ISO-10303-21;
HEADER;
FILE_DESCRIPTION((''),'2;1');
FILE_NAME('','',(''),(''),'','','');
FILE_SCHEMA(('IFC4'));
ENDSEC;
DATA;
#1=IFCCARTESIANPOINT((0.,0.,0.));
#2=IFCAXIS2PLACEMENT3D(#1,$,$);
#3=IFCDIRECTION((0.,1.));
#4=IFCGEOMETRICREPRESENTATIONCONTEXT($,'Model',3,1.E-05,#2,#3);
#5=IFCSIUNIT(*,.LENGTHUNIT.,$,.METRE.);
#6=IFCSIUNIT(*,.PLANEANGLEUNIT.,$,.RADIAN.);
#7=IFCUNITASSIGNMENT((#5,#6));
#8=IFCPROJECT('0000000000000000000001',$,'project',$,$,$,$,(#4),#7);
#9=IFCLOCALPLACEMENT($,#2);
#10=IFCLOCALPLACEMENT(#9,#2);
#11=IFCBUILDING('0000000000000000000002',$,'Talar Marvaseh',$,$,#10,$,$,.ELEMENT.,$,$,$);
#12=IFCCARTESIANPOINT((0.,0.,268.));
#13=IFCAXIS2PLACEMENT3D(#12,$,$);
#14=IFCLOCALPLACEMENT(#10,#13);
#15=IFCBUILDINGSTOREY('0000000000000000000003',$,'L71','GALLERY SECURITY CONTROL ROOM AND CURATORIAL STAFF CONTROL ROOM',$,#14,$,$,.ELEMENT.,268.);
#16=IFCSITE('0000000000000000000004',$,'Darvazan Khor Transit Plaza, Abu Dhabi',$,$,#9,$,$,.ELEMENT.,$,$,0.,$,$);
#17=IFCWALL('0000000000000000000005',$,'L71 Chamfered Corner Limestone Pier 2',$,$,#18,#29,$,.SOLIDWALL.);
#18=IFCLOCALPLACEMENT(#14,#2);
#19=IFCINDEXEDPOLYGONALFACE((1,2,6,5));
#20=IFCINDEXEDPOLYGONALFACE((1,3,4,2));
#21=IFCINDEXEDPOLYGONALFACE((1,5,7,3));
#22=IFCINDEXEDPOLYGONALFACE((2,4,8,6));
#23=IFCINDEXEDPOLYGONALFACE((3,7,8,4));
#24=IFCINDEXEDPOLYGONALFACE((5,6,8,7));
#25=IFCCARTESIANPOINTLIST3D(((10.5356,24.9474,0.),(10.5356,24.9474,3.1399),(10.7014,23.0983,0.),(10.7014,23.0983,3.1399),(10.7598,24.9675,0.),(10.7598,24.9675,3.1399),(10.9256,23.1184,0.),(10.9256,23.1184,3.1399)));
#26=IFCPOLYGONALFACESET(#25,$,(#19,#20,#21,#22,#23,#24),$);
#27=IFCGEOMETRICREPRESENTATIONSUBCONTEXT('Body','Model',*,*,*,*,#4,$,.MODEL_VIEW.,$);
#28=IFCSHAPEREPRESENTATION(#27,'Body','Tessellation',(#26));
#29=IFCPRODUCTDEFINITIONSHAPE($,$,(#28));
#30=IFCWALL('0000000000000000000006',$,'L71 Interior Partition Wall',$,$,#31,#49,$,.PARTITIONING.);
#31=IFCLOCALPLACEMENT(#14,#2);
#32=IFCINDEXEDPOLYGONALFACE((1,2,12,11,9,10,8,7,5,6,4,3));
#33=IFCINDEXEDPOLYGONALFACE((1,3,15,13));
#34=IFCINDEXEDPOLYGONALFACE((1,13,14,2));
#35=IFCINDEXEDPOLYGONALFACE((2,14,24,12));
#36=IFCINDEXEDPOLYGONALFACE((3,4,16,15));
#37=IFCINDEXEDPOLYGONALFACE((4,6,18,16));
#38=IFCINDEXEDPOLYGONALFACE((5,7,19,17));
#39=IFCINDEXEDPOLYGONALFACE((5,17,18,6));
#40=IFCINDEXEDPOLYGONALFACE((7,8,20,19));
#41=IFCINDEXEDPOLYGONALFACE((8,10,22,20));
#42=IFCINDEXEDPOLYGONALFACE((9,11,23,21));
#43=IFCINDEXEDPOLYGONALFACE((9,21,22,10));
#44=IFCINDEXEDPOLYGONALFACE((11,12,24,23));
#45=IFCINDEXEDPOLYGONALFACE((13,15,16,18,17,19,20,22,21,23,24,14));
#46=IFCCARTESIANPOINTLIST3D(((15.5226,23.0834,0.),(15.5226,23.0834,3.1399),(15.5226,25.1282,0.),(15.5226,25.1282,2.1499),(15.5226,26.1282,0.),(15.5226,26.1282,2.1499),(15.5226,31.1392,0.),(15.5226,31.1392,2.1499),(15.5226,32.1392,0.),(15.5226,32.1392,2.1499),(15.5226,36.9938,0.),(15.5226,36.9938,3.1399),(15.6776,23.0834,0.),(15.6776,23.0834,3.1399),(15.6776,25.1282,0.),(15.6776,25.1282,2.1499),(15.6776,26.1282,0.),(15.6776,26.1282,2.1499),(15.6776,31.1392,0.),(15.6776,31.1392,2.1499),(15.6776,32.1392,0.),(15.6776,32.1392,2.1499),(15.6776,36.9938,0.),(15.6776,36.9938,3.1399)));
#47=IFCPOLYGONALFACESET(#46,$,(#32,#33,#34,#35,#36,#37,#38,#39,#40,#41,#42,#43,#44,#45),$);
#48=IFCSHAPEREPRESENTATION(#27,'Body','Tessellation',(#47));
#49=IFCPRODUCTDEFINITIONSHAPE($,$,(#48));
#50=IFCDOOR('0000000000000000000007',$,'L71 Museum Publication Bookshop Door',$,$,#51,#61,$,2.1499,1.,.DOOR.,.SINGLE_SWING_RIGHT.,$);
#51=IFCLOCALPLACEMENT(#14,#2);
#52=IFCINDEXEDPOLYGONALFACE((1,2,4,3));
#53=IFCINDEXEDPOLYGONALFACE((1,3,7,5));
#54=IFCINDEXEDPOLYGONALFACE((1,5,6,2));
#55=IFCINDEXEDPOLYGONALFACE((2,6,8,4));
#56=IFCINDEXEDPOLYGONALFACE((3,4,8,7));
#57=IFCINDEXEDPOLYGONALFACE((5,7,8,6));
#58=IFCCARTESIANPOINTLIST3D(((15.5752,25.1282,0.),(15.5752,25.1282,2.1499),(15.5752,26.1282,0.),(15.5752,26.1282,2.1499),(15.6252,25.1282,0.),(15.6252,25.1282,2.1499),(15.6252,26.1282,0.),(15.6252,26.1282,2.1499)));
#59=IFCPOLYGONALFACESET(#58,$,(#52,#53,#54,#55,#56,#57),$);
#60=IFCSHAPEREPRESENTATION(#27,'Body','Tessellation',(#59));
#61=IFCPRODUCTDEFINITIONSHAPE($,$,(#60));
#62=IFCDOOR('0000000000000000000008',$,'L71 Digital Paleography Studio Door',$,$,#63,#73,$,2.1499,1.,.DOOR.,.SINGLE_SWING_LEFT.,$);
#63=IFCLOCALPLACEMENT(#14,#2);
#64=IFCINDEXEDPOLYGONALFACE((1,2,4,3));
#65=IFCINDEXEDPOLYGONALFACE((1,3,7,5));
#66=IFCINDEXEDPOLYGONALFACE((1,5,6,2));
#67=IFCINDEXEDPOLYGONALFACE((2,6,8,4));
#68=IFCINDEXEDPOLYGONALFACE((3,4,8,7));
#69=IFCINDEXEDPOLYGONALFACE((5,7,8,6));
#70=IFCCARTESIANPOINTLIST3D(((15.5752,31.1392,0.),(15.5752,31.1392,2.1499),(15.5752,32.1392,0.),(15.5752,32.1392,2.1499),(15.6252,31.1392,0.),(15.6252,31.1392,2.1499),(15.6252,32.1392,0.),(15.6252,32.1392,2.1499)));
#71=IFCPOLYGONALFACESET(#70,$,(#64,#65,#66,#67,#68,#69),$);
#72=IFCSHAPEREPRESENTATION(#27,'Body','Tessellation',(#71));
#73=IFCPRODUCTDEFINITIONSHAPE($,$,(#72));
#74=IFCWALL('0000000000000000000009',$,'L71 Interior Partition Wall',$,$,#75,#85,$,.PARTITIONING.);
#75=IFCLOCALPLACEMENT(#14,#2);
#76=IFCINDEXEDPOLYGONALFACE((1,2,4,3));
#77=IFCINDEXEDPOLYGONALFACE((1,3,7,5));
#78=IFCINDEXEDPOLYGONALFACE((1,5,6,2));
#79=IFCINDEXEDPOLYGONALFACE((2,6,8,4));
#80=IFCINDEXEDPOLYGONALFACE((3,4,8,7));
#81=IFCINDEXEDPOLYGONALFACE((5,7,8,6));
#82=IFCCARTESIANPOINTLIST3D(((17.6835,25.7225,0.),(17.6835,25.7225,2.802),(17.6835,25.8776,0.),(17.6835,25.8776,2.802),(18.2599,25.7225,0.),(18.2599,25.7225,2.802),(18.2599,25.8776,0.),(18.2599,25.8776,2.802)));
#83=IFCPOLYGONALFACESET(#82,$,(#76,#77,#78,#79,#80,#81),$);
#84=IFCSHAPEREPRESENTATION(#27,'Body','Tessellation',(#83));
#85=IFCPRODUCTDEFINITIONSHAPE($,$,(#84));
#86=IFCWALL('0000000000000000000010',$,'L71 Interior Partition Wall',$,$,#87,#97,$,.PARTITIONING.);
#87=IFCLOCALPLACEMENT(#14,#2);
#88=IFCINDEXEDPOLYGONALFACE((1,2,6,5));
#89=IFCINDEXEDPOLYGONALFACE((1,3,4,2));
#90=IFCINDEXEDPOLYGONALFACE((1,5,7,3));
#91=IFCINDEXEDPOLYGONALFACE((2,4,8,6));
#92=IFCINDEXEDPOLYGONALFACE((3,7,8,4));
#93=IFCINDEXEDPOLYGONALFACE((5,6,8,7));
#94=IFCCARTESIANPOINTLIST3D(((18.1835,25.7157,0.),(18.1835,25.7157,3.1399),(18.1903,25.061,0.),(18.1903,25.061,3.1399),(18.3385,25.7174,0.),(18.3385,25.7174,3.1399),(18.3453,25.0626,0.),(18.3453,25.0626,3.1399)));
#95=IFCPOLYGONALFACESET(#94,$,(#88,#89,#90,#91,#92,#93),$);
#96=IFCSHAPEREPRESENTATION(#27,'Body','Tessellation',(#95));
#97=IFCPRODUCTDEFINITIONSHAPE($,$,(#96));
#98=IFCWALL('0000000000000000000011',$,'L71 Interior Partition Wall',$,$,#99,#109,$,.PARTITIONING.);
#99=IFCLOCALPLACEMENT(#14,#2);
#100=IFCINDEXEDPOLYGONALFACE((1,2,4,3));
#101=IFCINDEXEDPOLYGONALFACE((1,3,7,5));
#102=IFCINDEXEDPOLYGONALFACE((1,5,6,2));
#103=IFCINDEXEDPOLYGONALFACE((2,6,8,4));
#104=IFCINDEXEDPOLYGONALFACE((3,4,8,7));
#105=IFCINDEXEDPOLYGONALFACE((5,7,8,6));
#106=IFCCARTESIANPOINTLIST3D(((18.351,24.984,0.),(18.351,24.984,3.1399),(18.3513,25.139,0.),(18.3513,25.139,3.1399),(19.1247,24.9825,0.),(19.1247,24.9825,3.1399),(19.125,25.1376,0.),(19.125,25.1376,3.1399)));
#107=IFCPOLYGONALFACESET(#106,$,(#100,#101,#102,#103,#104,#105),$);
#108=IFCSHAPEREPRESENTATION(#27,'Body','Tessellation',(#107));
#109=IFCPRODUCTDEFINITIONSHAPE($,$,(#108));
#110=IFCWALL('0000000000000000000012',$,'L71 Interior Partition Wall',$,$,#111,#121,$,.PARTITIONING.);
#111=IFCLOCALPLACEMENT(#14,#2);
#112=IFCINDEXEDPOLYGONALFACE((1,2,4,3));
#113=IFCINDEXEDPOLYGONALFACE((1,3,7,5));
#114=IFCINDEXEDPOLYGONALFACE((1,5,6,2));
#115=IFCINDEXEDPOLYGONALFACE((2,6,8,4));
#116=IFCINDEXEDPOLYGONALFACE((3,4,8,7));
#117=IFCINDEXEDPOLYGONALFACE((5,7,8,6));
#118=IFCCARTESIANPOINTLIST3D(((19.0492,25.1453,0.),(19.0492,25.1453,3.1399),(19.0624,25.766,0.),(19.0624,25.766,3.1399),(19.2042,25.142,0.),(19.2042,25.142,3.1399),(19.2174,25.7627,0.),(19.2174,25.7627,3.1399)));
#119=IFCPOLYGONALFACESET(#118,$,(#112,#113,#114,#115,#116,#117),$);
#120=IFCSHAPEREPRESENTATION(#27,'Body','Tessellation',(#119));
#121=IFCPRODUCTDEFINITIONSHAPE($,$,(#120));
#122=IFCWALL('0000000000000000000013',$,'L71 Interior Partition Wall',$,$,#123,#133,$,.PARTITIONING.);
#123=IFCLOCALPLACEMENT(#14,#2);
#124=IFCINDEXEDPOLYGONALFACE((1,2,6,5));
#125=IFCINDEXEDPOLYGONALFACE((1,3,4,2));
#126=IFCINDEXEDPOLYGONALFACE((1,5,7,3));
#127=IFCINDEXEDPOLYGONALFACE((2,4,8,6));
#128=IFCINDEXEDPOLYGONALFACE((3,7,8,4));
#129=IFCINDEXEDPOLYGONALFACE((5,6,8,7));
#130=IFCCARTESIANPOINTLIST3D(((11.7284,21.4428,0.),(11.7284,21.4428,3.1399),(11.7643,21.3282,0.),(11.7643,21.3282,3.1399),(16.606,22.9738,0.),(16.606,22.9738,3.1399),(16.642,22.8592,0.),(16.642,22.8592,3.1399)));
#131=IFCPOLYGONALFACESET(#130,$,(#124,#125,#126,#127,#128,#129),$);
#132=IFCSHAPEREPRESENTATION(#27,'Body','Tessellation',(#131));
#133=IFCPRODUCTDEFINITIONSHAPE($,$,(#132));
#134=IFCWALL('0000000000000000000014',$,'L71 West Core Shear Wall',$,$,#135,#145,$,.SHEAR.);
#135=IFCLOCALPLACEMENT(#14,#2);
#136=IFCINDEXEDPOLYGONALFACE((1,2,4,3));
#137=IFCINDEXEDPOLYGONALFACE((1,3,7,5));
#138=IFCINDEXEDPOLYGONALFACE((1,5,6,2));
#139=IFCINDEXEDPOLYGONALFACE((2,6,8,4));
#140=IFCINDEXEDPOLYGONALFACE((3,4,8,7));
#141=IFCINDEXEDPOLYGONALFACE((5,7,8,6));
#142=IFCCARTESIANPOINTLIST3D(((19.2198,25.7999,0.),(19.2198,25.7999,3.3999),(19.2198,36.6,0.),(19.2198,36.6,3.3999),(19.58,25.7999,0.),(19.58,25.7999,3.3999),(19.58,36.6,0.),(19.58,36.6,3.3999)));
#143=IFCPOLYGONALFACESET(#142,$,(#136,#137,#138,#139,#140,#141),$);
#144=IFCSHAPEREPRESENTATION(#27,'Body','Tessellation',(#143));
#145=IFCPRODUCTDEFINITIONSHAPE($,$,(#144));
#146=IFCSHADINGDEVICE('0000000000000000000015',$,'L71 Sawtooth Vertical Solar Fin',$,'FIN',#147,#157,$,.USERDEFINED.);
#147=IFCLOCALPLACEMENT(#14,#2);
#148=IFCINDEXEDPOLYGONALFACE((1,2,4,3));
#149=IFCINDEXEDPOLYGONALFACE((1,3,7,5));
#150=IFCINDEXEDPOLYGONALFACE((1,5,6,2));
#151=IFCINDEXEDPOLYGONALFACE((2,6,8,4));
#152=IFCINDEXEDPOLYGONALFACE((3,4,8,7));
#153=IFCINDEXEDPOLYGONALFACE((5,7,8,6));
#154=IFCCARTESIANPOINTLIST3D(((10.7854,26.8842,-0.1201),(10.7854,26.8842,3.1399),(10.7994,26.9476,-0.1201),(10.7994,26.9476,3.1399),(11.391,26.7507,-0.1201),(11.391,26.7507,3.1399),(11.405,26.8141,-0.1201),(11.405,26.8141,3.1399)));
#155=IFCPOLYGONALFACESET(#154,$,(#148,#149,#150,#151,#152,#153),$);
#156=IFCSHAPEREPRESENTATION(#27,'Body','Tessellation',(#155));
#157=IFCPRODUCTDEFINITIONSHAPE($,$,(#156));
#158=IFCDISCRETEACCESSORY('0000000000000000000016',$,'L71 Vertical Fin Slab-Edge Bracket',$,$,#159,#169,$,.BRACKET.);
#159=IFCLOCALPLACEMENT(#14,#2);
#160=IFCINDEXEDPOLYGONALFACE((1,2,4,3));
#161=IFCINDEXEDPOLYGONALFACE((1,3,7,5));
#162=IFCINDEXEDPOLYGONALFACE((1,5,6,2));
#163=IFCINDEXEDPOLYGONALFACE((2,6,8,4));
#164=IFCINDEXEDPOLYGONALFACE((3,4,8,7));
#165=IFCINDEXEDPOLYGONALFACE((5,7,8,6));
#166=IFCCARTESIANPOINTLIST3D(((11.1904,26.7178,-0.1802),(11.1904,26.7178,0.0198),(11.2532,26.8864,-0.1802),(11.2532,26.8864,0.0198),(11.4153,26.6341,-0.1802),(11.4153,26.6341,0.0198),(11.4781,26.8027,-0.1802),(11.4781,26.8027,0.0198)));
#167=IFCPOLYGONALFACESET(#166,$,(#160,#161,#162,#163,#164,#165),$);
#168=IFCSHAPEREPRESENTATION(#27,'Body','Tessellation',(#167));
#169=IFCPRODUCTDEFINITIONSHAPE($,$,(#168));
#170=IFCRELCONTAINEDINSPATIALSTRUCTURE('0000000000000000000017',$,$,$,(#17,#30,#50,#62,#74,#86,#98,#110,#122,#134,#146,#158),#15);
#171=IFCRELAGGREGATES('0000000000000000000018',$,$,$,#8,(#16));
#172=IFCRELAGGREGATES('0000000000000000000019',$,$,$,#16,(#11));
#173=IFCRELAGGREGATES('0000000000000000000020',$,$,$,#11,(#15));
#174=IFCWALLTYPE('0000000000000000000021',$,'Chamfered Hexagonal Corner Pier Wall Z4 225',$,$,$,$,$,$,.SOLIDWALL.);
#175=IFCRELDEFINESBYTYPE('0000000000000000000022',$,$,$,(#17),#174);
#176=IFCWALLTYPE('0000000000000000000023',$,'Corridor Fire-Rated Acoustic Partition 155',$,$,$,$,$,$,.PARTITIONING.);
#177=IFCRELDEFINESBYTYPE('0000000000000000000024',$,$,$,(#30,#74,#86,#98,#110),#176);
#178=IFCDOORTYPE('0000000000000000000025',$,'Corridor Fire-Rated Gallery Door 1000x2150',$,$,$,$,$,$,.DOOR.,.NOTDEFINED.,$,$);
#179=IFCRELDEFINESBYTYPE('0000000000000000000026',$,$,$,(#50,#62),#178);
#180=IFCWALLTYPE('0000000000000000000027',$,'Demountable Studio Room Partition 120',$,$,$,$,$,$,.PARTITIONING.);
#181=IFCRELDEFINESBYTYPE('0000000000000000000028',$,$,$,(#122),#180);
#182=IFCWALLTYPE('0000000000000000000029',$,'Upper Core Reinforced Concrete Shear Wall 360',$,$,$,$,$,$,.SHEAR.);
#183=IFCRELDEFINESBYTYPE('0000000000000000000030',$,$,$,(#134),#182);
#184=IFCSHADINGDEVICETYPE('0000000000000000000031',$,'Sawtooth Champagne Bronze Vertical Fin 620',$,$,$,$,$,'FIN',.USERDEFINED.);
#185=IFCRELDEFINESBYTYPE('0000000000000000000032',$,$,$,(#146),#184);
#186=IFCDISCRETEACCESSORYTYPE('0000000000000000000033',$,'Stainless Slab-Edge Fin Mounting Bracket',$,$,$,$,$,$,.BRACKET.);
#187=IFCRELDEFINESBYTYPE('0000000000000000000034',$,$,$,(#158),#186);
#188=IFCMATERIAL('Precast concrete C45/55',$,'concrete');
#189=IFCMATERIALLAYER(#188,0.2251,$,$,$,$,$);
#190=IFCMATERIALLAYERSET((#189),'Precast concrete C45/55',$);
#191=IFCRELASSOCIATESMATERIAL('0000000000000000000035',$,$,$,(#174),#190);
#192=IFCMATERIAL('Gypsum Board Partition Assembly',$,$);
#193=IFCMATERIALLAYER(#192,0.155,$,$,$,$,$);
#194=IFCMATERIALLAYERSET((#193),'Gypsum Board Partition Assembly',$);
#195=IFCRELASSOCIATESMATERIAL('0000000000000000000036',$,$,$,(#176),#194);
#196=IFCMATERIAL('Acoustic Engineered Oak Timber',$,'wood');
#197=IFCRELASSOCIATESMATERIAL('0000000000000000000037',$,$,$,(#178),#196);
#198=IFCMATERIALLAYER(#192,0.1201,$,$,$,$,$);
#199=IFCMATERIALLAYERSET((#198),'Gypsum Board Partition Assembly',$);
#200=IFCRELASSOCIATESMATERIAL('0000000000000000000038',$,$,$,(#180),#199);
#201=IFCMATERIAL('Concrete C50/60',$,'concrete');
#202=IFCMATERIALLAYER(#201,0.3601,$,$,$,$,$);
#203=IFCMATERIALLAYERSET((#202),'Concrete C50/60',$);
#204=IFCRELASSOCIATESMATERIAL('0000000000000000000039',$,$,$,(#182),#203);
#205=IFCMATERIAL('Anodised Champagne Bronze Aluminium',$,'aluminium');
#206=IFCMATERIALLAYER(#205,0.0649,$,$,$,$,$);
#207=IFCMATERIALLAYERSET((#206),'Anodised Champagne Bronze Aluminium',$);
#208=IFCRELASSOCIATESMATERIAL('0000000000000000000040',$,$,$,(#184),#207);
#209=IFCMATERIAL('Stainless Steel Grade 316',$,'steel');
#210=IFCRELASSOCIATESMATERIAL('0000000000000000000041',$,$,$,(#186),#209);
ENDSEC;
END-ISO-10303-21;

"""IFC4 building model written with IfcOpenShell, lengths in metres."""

from ifc_helpers import new_model, si_unit, direction, frame, frame_2d, origin, origin_2d, place, context, subcontext, project, spatial, rectangle, extrude, source, transform, mapped, material, layer, layer_set, type_object, type_shapes, element, fill, save


model = new_model("IFC4")

# Units and contexts
model_context = context("Model", 3, precision=1e-05, world=origin(), true_north=direction((0.0, 1.0)))
body_context = subcontext(model_context, "Body", "Model", "MODEL_VIEW")
ifc_project = project(units=[si_unit("LENGTHUNIT", "METRE"), si_unit("PLANEANGLEUNIT", "RADIAN")], contexts=[model_context])

# Site, building, storey
site_placement = place(None, origin())
site = spatial("IfcSite", under=ifc_project, at=site_placement, Name="Darvazan Khor Transit Plaza, Abu Dhabi", CompositionType="ELEMENT", RefElevation=0.0)
building_placement = place(site_placement, origin())
building = spatial("IfcBuilding", under=site, at=building_placement, Name="Talar Marvaseh", CompositionType="ELEMENT")
storey_placement = place(building_placement, frame((0.0, 0.0, 268.0)))
storey = spatial("IfcBuildingStorey", under=building, at=storey_placement, Name="L71", Description="GALLERY SECURITY CONTROL ROOM AND CURATORIAL STAFF CONTROL ROOM", CompositionType="ELEMENT", Elevation=268.0)

# Shared definitions
ifc_material_1 = material(Name="Concrete C50/60", Category="concrete")

# Wall
ifc_material_2 = material(Name="Precast concrete C45/55", Category="concrete")
ifc_layer_1 = layer(ifc_material_2, 0.2251)
ifc_layer_set_1 = layer_set([ifc_layer_1], Name="Precast concrete C45/55")
wall_type_1 = type_object("IfcWallType", Name="Chamfered Hexagonal Corner Pier Wall Z4 225", PredefinedType="SOLIDWALL", material=ifc_layer_set_1)
wall_1_placement = place(storey_placement, frame((10.8135, 23.1084, 0.0), z_axis=(0.0, 0.0, 1.0), x_axis=(-0.089291, 0.996006, 0.0)))
element("IfcWall", 1, at=wall_1_placement, inside=storey, type_object=wall_type_1, Name="L71 Chamfered Corner Limestone Pier 2", PredefinedType="SOLIDWALL", context=body_context, shape_type="SweptSolid", body=[
    extrude(rectangle(XDim=1.8564, YDim=0.2251, at=frame_2d((0.9282, 0.0))), origin(), (0.0, 0.0, 1.0), 3.1399),
])

# Wall, openings, doors
ifc_material_3 = material(Name="Gypsum Board Partition Assembly")
ifc_layer_2 = layer(ifc_material_3, 0.155)
ifc_layer_set_2 = layer_set([ifc_layer_2], Name="Gypsum Board Partition Assembly")
wall_type_2 = type_object("IfcWallType", Name="Corridor Fire-Rated Acoustic Partition 155", PredefinedType="PARTITIONING", material=ifc_layer_set_2)
wall_2_placement = place(storey_placement, frame((15.6001, 23.0835, 0.0), z_axis=(0.0, 0.0, 1.0), x_axis=(0.0, 1.0, 0.0)))
wall_2 = element("IfcWall", 2, at=wall_2_placement, inside=storey, type_object=wall_type_2, Name="L71 Interior Partition Wall", PredefinedType="PARTITIONING", context=body_context, shape_type="SweptSolid", body=[
    extrude(rectangle(XDim=13.9104, YDim=0.155, at=frame_2d((6.9551, 0.0))), origin(), (0.0, 0.0, 1.0), 3.1399),
])
opening_1_placement = place(wall_2_placement, frame((2.0447, 0.0, 0.0)))
opening_1 = element("IfcOpeningElement", 3, at=opening_1_placement, cuts=wall_2, PredefinedType="OPENING", context=body_context, shape_type="SweptSolid", body=[
    extrude(rectangle(XDim=1.0, YDim=2.1499, at=frame_2d((0.5, 1.075))), frame((0.0, 0.0874, 0.0), z_axis=(0.0, -1.0, 0.0), x_axis=(1.0, 0.0, 0.0)), (0.0, 0.0, 1.0), 0.175),
])
opening_2_placement = place(wall_2_placement, frame((8.0557, 0.0, 0.0)))
opening_2 = element("IfcOpeningElement", 4, at=opening_2_placement, cuts=wall_2, PredefinedType="OPENING", context=body_context, shape_type="SweptSolid", body=[
    extrude(rectangle(XDim=1.0, YDim=2.1499, at=frame_2d((0.5, 1.075))), frame((0.0, 0.0874, 0.0), z_axis=(0.0, -1.0, 0.0), x_axis=(1.0, 0.0, 0.0)), (0.0, 0.0, 1.0), 0.175),
])
ifc_material_4 = material(Name="Acoustic Engineered Oak Timber", Category="wood")
door_type = type_object("IfcDoorType", Name="Corridor Fire-Rated Gallery Door 1000x2150", OperationType="NOTDEFINED", PredefinedType="DOOR", material=ifc_material_4)
shared_shape_1 = source(origin(), body_context, "Body", "SweptSolid", [
    extrude(rectangle(XDim=1.0, YDim=2.1499, at=frame_2d((0.5, 1.075))), frame((0.0, 0.0249, 0.0), z_axis=(0.0, -1.0, 0.0), x_axis=(1.0, 0.0, 0.0)), (0.0, 0.0, 1.0), 0.05),
])
type_shapes(door_type, [shared_shape_1])
door_1_placement = place(opening_1_placement, origin())
door_1 = element("IfcDoor", 5, at=door_1_placement, inside=storey, type_object=door_type, Name="L71 Museum Publication Bookshop Door", OperationType="SINGLE_SWING_RIGHT", OverallHeight=2.1499, OverallWidth=1.0, PredefinedType="DOOR", context=body_context, shape_type="MappedRepresentation", body=[
    mapped(shared_shape_1, transform((0.0, 0.0, 0.0), x_axis=(1.0, 0.0, 0.0), y_axis=(0.0, 1.0, 0.0), z_axis=(0.0, 0.0, 1.0), scale=1.0)),
])
fill(opening_1, door_1)
door_2_placement = place(opening_2_placement, origin())
door_2 = element("IfcDoor", 6, at=door_2_placement, inside=storey, type_object=door_type, Name="L71 Digital Paleography Studio Door", OperationType="SINGLE_SWING_LEFT", OverallHeight=2.1499, OverallWidth=1.0, PredefinedType="DOOR", context=body_context, shape_type="MappedRepresentation", body=[
    mapped(shared_shape_1, transform((0.0, 0.0, 0.0), x_axis=(1.0, 0.0, 0.0), y_axis=(0.0, 1.0, 0.0), z_axis=(0.0, 0.0, 1.0), scale=1.0)),
])
fill(opening_2, door_2)

# Walls
wall_3_placement = place(storey_placement, frame((17.6836, 25.8, 0.0), z_axis=(0.0, 0.0, 1.0), x_axis=(1.0, 0.0, 0.0)))
element("IfcWall", 7, at=wall_3_placement, inside=storey, type_object=wall_type_2, Name="L71 Interior Partition Wall", PredefinedType="PARTITIONING", context=body_context, shape_type="SweptSolid", body=[
    extrude(rectangle(XDim=0.5764, YDim=0.155, at=frame_2d((0.2881, 0.0))), origin(), (0.0, 0.0, 1.0), 2.802),
])
wall_4_placement = place(storey_placement, frame((18.261, 25.7166, 0.0), z_axis=(0.0, 0.0, 1.0), x_axis=(0.010439, -0.999946, 0.0)))
element("IfcWall", 8, at=wall_4_placement, inside=storey, type_object=wall_type_2, Name="L71 Interior Partition Wall", PredefinedType="PARTITIONING", context=body_context, shape_type="SweptSolid", body=[
    extrude(rectangle(XDim=0.6548, YDim=0.155, at=frame_2d((0.3274, 0.0))), origin(), (0.0, 0.0, 1.0), 3.1399),
])
wall_5_placement = place(storey_placement, frame((18.3513, 25.0615, 0.0), z_axis=(0.0, 0.0, 1.0), x_axis=(0.999998, -0.001893, 0.0)))
element("IfcWall", 9, at=wall_5_placement, inside=storey, type_object=wall_type_2, Name="L71 Interior Partition Wall", PredefinedType="PARTITIONING", context=body_context, shape_type="SweptSolid", body=[
    extrude(rectangle(XDim=0.7737, YDim=0.155, at=frame_2d((0.3867, 0.0))), origin(), (0.0, 0.0, 1.0), 3.1399),
])
wall_6_placement = place(storey_placement, frame((19.1267, 25.1436, 0.0), z_axis=(0.0, 0.0, 1.0), x_axis=(0.021238, 0.999774, 0.0)))
element("IfcWall", 10, at=wall_6_placement, inside=storey, type_object=wall_type_2, Name="L71 Interior Partition Wall", PredefinedType="PARTITIONING", context=body_context, shape_type="SweptSolid", body=[
    extrude(rectangle(XDim=0.6208, YDim=0.155, at=frame_2d((0.3105, 0.0))), origin(), (0.0, 0.0, 1.0), 3.1399),
])
ifc_layer_3 = layer(ifc_material_3, 0.1201)
ifc_layer_set_3 = layer_set([ifc_layer_3], Name="Gypsum Board Partition Assembly")
wall_type_3 = type_object("IfcWallType", Name="Demountable Studio Room Partition 120", PredefinedType="PARTITIONING", material=ifc_layer_set_3)
wall_7_placement = place(storey_placement, frame((16.624, 22.9165, 0.0), z_axis=(0.0, 0.0, 1.0), x_axis=(-0.954104, -0.299474, 0.0)))
element("IfcWall", 11, at=wall_7_placement, inside=storey, type_object=wall_type_3, Name="L71 Interior Partition Wall", PredefinedType="PARTITIONING", context=body_context, shape_type="SweptSolid", body=[
    extrude(rectangle(XDim=5.1123, YDim=0.1201, at=frame_2d((2.5562, 0.0))), origin(), (0.0, 0.0, 1.0), 3.1399),
])
ifc_layer_4 = layer(ifc_material_1, 0.3601)
ifc_layer_set_4 = layer_set([ifc_layer_4], Name="Concrete C50/60")
wall_type_4 = type_object("IfcWallType", Name="Upper Core Reinforced Concrete Shear Wall 360", PredefinedType="SHEAR", material=ifc_layer_set_4)
wall_8_placement = place(storey_placement, frame((19.3999, 25.8, 0.0), z_axis=(0.0, 0.0, 1.0), x_axis=(0.0, 1.0, 0.0)))
element("IfcWall", 12, at=wall_8_placement, inside=storey, type_object=wall_type_4, Name="L71 West Core Shear Wall", PredefinedType="SHEAR", context=body_context, shape_type="SweptSolid", body=[
    extrude(rectangle(XDim=10.8, YDim=0.3601, at=frame_2d((5.3999, 0.0))), origin(), (0.0, 0.0, 1.0), 3.3999),
])

# Shading device
ifc_material_5 = material(Name="Anodised Champagne Bronze Aluminium", Category="aluminium")
ifc_layer_5 = layer(ifc_material_5, 0.0649)
ifc_layer_set_5 = layer_set([ifc_layer_5], Name="Anodised Champagne Bronze Aluminium")
shading_device_type = type_object("IfcShadingDeviceType", Name="Sawtooth Champagne Bronze Vertical Fin 620", ElementType="FIN", PredefinedType="USERDEFINED", material=ifc_layer_set_5)
shared_shape_2 = source(origin(), body_context, "Body", "SweptSolid", [
    extrude(rectangle(XDim=0.6201, YDim=0.0649, at=origin_2d()), origin(), (0.0, 0.0, 1.0), 3.26),
])
type_shapes(shading_device_type, [shared_shape_2])
shading_device_placement = place(storey_placement, frame((11.0952, 26.8491, -0.1201), z_axis=(0.0, 0.0, 1.0), x_axis=(-0.97656, 0.215247, 0.0)))
element("IfcShadingDevice", 13, at=shading_device_placement, inside=storey, type_object=shading_device_type, Name="L71 Sawtooth Vertical Solar Fin", ObjectType="FIN", PredefinedType="USERDEFINED", context=body_context, shape_type="MappedRepresentation", body=[
    mapped(shared_shape_2, transform((0.0, 0.0, 0.0), x_axis=(1.0, 0.0, 0.0), y_axis=(0.0, 1.0, 0.0), z_axis=(0.0, 0.0, 1.0), scale=1.0)),
])

# Discrete accessory
ifc_material_6 = material(Name="Stainless Steel Grade 316", Category="steel")
discrete_accessory_type = type_object("IfcDiscreteAccessoryType", Name="Stainless Slab-Edge Fin Mounting Bracket", PredefinedType="BRACKET", material=ifc_material_6)
shared_shape_3 = source(origin(), body_context, "Body", "SweptSolid", [
    extrude(rectangle(XDim=0.24, YDim=0.1799, at=origin_2d()), origin(), (0.0, 0.0, 1.0), 0.2),
])
type_shapes(discrete_accessory_type, [shared_shape_3])
discrete_accessory_placement = place(storey_placement, frame((11.3342, 26.7603, -0.1802), z_axis=(0.0, 0.0, 1.0), x_axis=(-0.937099, 0.349063, 0.0)))
element("IfcDiscreteAccessory", 14, at=discrete_accessory_placement, inside=storey, type_object=discrete_accessory_type, Name="L71 Vertical Fin Slab-Edge Bracket", PredefinedType="BRACKET", context=body_context, shape_type="MappedRepresentation", body=[
    mapped(shared_shape_3, transform((0.0, 0.0, 0.0), x_axis=(1.0, 0.0, 0.0), y_axis=(0.0, 1.0, 0.0), z_axis=(0.0, 0.0, 1.0), scale=1.0)),
])

save(model, "model.ifc")
